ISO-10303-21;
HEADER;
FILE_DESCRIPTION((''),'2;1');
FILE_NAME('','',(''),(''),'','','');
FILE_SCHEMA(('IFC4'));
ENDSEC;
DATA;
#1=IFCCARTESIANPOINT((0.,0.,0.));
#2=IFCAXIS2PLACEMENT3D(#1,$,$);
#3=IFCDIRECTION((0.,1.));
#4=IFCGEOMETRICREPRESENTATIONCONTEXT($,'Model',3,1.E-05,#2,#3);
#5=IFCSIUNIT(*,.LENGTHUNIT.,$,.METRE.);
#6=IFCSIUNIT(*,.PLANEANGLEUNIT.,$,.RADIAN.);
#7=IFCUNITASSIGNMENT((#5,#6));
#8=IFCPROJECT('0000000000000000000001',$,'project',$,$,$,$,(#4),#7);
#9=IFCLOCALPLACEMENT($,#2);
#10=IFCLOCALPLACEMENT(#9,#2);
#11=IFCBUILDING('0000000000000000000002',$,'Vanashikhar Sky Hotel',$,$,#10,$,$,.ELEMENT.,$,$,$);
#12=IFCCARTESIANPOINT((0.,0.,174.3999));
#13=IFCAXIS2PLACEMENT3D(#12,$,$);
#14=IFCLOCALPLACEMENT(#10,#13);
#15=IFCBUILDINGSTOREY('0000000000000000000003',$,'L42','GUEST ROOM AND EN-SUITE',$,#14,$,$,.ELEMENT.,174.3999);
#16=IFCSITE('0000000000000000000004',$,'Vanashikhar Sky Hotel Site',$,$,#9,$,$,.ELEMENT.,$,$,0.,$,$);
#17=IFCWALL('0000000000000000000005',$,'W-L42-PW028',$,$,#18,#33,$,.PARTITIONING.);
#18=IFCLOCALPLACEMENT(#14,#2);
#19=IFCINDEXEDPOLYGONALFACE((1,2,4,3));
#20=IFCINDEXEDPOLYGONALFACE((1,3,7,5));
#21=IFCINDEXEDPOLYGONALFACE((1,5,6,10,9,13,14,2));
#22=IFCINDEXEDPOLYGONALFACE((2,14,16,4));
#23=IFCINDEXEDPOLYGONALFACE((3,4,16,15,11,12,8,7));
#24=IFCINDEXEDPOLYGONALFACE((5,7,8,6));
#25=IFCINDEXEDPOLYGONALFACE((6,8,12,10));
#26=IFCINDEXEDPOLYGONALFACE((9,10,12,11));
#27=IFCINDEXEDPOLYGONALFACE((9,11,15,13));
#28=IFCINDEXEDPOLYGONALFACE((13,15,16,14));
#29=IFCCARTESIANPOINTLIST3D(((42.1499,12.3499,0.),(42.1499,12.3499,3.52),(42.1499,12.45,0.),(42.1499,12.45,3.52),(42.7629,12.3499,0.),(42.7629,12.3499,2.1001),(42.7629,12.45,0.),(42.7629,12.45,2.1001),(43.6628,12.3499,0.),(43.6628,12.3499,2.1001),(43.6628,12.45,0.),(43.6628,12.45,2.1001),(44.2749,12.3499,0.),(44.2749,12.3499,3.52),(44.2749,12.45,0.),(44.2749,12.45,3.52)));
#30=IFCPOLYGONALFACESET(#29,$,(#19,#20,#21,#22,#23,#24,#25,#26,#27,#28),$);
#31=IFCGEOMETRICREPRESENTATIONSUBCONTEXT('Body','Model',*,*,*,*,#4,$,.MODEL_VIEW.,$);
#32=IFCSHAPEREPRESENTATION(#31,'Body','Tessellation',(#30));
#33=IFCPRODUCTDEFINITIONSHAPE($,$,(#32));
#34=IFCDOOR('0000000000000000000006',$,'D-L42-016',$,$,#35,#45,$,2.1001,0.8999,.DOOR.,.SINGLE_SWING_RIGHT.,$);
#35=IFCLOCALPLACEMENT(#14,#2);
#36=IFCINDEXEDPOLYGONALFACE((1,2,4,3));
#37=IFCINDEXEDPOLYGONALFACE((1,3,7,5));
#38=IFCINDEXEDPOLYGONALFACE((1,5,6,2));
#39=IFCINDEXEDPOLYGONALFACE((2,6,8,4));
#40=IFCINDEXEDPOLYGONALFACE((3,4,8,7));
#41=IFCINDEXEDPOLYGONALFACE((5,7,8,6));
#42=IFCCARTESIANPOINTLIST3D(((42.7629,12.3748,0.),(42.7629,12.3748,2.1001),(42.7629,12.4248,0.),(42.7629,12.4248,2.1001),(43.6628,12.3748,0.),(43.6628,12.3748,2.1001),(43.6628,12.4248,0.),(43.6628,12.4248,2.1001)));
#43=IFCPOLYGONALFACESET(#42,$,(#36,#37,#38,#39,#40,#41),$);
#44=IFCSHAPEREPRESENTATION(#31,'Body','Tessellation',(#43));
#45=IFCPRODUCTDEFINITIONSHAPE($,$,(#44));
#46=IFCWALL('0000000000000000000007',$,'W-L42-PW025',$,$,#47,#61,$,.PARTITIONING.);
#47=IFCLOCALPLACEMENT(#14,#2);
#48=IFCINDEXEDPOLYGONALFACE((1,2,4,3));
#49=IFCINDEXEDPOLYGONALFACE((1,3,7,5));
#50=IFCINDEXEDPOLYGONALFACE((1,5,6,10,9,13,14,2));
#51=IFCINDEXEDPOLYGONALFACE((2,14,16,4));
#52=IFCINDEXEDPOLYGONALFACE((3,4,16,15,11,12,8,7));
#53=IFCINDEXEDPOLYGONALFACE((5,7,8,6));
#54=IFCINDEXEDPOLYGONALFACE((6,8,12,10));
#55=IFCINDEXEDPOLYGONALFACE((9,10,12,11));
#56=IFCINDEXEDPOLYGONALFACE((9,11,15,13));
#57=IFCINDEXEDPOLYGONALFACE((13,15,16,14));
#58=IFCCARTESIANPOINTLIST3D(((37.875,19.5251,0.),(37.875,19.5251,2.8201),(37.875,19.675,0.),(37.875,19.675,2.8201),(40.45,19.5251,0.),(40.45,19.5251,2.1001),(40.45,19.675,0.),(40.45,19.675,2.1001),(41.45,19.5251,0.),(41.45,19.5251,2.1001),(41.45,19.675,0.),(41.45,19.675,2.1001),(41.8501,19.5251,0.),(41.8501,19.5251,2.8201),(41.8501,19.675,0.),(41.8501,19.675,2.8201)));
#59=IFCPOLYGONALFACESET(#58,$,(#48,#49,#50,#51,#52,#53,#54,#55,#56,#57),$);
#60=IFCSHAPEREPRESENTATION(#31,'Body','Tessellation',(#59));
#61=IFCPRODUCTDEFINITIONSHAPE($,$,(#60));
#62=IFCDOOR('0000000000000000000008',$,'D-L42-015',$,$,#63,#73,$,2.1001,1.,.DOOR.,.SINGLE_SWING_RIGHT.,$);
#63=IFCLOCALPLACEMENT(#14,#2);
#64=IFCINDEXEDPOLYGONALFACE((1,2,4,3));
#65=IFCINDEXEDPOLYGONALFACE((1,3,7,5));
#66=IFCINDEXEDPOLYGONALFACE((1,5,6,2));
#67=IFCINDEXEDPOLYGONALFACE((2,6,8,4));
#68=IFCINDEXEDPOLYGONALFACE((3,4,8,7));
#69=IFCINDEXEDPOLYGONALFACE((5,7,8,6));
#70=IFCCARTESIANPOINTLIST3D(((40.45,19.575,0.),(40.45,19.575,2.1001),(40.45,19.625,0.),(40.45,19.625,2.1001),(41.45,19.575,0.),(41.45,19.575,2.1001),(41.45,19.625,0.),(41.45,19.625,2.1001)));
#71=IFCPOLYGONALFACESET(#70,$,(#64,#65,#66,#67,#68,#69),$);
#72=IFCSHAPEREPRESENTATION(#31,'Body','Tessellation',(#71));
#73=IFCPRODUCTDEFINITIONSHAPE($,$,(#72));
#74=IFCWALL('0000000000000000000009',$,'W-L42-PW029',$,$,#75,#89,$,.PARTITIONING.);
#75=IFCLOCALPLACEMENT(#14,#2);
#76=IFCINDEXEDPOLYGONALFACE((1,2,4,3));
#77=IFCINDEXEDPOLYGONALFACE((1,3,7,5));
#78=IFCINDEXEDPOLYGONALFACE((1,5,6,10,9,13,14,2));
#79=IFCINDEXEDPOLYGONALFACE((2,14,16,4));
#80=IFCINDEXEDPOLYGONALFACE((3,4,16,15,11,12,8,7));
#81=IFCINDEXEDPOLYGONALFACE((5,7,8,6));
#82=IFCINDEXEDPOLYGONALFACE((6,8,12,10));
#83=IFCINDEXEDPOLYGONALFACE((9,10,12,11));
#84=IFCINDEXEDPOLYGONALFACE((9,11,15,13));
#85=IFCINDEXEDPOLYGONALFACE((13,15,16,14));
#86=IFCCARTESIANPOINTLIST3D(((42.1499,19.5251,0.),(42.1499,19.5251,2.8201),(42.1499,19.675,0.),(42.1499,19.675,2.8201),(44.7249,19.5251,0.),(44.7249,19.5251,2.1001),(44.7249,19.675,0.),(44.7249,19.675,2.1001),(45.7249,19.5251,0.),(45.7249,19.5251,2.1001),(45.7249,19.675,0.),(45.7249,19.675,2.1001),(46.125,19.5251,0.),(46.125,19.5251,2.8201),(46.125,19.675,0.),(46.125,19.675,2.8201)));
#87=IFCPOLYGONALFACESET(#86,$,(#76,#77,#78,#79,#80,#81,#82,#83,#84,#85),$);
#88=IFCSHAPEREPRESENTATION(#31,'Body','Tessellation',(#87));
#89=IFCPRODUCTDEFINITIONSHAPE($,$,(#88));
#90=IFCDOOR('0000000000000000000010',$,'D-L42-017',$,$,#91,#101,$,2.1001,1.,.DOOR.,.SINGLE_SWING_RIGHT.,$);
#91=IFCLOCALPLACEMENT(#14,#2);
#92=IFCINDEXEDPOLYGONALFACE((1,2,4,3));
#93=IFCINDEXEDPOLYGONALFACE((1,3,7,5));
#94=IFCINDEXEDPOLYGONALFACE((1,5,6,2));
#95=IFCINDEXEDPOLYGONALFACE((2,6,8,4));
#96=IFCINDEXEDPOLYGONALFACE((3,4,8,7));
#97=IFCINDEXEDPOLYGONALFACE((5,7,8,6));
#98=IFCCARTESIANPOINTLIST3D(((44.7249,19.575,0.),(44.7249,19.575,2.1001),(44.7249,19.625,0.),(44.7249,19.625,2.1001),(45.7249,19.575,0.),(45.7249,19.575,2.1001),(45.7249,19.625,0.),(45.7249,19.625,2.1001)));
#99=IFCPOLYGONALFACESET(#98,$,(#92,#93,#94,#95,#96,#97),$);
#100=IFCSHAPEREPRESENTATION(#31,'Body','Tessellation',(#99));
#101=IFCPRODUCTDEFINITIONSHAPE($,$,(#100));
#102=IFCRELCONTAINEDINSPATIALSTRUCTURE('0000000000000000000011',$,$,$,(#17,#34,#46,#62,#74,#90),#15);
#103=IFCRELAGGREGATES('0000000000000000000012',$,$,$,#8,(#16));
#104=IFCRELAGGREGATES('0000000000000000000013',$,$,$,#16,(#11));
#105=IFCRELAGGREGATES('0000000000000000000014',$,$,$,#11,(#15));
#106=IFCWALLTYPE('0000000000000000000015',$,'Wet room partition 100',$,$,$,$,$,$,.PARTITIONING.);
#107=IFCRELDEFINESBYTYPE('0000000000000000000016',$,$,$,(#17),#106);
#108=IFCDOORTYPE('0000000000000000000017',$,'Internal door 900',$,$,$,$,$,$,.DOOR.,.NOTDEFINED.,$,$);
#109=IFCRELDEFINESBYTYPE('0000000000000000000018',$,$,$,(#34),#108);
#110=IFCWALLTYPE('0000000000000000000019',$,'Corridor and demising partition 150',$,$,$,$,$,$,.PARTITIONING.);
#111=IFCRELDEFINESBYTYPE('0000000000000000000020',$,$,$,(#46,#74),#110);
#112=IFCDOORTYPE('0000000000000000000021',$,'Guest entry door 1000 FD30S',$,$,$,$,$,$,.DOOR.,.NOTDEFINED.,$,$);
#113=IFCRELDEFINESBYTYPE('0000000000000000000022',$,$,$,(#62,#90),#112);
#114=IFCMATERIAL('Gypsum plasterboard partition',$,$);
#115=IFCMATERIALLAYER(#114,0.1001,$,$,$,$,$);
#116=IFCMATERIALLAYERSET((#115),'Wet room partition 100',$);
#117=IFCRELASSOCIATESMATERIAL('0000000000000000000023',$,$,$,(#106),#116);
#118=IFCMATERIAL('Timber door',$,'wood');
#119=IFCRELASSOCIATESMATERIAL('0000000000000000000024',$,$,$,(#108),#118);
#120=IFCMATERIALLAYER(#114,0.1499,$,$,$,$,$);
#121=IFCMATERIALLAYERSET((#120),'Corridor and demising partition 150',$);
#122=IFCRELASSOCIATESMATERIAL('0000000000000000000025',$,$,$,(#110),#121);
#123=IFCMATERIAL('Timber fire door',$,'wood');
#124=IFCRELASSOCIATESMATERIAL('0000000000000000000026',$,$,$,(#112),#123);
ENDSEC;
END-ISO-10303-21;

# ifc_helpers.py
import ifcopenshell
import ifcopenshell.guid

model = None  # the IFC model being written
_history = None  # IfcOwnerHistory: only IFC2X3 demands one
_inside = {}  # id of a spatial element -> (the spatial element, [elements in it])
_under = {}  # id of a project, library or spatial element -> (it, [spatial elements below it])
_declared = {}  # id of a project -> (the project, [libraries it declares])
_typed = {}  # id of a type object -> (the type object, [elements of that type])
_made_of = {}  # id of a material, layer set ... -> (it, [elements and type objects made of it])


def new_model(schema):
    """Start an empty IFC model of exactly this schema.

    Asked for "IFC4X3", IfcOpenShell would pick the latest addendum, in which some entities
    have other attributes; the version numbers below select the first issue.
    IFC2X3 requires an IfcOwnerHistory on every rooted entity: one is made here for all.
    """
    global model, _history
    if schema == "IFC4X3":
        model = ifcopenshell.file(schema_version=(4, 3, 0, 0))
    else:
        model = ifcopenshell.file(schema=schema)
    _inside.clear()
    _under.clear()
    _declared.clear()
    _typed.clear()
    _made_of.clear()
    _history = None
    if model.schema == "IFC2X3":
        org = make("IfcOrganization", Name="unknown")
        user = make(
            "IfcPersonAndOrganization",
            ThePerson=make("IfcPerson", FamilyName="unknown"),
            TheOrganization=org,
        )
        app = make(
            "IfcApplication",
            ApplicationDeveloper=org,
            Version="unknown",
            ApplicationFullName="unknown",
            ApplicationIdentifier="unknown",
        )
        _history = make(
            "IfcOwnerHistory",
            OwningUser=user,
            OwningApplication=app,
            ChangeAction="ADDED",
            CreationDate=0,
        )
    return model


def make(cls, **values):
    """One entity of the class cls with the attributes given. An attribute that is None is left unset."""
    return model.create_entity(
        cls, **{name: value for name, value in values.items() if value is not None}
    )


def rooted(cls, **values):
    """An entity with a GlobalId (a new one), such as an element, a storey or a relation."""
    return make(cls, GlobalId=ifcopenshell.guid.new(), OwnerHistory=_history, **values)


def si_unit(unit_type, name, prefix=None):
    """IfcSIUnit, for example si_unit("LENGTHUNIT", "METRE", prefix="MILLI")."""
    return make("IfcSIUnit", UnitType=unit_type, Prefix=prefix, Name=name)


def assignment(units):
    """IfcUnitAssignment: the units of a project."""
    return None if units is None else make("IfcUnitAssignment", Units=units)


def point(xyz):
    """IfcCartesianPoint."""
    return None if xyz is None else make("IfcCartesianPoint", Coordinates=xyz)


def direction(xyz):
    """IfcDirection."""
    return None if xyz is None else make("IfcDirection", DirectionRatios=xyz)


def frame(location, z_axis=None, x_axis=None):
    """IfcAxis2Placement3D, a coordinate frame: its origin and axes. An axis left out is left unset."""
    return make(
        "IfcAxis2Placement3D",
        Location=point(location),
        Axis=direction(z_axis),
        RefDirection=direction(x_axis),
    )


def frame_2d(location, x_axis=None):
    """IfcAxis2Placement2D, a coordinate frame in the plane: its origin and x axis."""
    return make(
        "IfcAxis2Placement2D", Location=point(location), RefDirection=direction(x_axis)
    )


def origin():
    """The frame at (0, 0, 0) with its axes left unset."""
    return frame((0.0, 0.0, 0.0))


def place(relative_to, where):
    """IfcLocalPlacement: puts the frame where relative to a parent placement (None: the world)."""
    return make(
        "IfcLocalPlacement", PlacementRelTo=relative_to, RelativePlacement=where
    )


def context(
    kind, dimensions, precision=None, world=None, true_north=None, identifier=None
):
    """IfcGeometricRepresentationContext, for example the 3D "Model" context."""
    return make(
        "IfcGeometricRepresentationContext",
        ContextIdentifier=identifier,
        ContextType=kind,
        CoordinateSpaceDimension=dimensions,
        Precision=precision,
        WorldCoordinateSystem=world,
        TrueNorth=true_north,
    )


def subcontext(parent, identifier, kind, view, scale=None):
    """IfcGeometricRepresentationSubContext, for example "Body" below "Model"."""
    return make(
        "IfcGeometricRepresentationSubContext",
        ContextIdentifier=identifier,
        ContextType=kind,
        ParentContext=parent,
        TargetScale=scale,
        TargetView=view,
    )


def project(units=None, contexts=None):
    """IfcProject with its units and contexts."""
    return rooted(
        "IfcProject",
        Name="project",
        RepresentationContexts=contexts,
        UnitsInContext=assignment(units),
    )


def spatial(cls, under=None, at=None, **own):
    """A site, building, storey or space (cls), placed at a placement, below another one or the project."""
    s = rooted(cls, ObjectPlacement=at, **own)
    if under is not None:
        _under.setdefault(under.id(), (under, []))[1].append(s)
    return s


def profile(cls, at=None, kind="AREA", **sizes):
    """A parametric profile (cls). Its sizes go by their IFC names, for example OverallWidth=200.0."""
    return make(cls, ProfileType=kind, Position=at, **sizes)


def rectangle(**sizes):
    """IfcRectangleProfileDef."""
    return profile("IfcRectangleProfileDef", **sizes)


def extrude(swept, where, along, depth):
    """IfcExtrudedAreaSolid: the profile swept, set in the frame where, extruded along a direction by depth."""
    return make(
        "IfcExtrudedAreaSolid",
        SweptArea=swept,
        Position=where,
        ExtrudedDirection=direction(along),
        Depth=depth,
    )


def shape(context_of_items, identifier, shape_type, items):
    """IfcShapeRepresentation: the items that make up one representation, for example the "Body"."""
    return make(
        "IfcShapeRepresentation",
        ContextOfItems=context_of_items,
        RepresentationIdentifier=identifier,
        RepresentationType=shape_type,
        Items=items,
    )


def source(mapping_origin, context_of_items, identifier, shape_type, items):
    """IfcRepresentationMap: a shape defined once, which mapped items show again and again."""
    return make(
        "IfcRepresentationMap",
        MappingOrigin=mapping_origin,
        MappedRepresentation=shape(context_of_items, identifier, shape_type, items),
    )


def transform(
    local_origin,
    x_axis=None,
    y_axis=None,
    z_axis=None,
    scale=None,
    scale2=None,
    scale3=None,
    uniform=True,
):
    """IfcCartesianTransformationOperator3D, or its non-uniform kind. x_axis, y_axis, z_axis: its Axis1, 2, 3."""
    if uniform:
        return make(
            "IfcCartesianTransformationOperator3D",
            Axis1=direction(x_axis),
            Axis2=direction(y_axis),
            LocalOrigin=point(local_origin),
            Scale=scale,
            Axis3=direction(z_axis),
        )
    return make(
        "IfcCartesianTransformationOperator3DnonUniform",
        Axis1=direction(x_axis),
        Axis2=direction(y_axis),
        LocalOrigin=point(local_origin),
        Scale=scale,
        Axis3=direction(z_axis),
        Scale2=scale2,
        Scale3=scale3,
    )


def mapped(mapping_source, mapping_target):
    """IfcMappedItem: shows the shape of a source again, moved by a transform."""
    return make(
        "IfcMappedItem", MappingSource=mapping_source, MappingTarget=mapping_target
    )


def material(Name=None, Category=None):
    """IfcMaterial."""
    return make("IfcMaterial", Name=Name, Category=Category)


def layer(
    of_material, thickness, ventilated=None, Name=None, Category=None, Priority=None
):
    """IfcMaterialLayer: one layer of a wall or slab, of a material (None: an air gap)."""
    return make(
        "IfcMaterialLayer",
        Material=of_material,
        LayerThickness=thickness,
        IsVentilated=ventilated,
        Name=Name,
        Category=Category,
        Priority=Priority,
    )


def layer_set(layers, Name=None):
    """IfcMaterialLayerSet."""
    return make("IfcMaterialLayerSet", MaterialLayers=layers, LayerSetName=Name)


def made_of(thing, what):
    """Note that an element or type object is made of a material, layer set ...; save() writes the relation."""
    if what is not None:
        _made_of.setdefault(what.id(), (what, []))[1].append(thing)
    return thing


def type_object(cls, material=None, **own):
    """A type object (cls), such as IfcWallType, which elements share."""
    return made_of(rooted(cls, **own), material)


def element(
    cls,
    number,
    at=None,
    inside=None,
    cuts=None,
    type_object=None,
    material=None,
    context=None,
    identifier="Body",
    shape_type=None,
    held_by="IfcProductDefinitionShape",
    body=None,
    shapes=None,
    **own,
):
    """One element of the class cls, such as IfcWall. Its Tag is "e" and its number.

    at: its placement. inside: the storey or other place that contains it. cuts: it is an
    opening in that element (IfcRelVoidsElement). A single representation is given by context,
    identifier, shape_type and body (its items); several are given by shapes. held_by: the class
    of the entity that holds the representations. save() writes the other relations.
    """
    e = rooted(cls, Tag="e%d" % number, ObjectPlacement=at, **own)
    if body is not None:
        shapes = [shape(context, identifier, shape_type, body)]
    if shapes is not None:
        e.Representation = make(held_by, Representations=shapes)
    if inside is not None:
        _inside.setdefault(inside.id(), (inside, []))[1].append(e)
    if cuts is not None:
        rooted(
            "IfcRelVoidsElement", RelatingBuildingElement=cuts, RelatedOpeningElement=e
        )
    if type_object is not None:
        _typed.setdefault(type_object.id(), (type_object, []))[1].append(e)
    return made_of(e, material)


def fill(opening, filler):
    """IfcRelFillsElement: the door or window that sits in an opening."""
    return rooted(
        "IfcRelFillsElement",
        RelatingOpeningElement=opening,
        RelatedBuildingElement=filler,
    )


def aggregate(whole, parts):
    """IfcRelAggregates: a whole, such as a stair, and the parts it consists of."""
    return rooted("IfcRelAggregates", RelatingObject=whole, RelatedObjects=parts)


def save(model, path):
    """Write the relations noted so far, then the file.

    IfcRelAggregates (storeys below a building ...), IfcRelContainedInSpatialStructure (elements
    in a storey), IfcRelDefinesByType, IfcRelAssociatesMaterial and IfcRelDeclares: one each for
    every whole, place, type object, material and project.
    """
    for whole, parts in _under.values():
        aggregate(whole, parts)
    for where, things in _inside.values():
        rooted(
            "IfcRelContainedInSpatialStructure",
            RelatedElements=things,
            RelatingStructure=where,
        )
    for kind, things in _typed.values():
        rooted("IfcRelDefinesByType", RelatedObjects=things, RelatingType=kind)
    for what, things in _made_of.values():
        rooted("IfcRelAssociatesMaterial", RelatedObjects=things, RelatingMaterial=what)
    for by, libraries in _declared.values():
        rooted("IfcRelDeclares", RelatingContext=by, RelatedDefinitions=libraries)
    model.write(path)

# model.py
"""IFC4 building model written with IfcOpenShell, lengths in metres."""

from ifc_helpers import new_model, si_unit, direction, frame, frame_2d, origin, place, context, subcontext, project, spatial, rectangle, extrude, source, transform, mapped, material, layer, layer_set, type_object, element, fill, save


model = new_model("IFC4")

# Units and contexts
model_context = context("Model", 3, precision=1e-05, world=origin(), true_north=direction((0.0, 1.0)))
body_context = subcontext(model_context, "Body", "Model", "MODEL_VIEW")
ifc_project = project(units=[si_unit("LENGTHUNIT", "METRE"), si_unit("PLANEANGLEUNIT", "RADIAN")], contexts=[model_context])

# Site, building, storey
site_placement = place(None, origin())
site = spatial("IfcSite", under=ifc_project, at=site_placement, Name="Vanashikhar Sky Hotel Site", CompositionType="ELEMENT", RefElevation=0.0)
building_placement = place(site_placement, origin())
building = spatial("IfcBuilding", under=site, at=building_placement, Name="Vanashikhar Sky Hotel", CompositionType="ELEMENT")
storey_placement = place(building_placement, frame((0.0, 0.0, 174.3999)))
storey = spatial("IfcBuildingStorey", under=building, at=storey_placement, Name="L42", Description="GUEST ROOM AND EN-SUITE", CompositionType="ELEMENT", Elevation=174.3999)

# Shared definitions
ifc_material_1 = material(Name="Gypsum plasterboard partition")
ifc_layer_1 = layer(ifc_material_1, 0.1001)
ifc_layer_set_1 = layer_set([ifc_layer_1], Name="Wet room partition 100")
wall_type_1 = type_object("IfcWallType", Name="Wet room partition 100", PredefinedType="PARTITIONING", material=ifc_layer_set_1)

# Walls, openings, doors
shared_shape_1 = source(origin(), body_context, "Body", "SweptSolid", [
    extrude(rectangle(XDim=2.125, YDim=0.1001, at=frame_2d((1.0625, 0.0))), origin(), (0.0, 0.0, 1.0), 3.52),
])
shared_shape_2 = source(origin(), body_context, "Body", "SweptSolid", [
    extrude(rectangle(XDim=0.8999, YDim=2.1001, at=frame_2d((0.45, 1.05))), frame((0.0, 0.0601, 0.0), z_axis=(0.0, -1.0, 0.0), x_axis=(1.0, 0.0, 0.0)), (0.0, 0.0, 1.0), 0.1201),
])
ifc_material_2 = material(Name="Timber door", Category="wood")
door_type_1 = type_object("IfcDoorType", Name="Internal door 900", OperationType="NOTDEFINED", PredefinedType="DOOR", material=ifc_material_2)
shared_shape_3 = source(origin(), body_context, "Body", "SweptSolid", [
    extrude(rectangle(XDim=0.8999, YDim=2.1001, at=frame_2d((0.45, 1.05))), frame((0.0, 0.0249, 0.0), z_axis=(0.0, -1.0, 0.0), x_axis=(1.0, 0.0, 0.0)), (0.0, 0.0, 1.0), 0.05),
])
wall_1_placement = place(storey_placement, frame((42.1499, 12.3999, 0.0), z_axis=(0.0, 0.0, 1.0), x_axis=(1.0, 0.0, 0.0)))
wall_1 = element("IfcWall", 1, at=wall_1_placement, inside=storey, type_object=wall_type_1, Name="W-L42-PW028", PredefinedType="PARTITIONING", context=body_context, shape_type="MappedRepresentation", body=[
    mapped(shared_shape_1, transform((0.0, 0.0, 0.0), scale=1.0)),
])
opening_1_placement = place(wall_1_placement, frame((0.613, 0.0, 0.0)))
opening_1 = element("IfcOpeningElement", 2, at=opening_1_placement, cuts=wall_1, PredefinedType="OPENING", context=body_context, shape_type="MappedRepresentation", body=[
    mapped(shared_shape_2, transform((0.0, 0.0, 0.0), scale=1.0)),
])
door_1_placement = place(opening_1_placement, origin())
door_1 = element("IfcDoor", 3, at=door_1_placement, inside=storey, type_object=door_type_1, Name="D-L42-016", OperationType="SINGLE_SWING_RIGHT", OverallHeight=2.1001, OverallWidth=0.8999, PredefinedType="DOOR", context=body_context, shape_type="MappedRepresentation", body=[
    mapped(shared_shape_3, transform((0.0, 0.0, 0.0), scale=1.0)),
])
fill(opening_1, door_1)
ifc_layer_2 = layer(ifc_material_1, 0.1499)
ifc_layer_set_2 = layer_set([ifc_layer_2], Name="Corridor and demising partition 150")
wall_type_2 = type_object("IfcWallType", Name="Corridor and demising partition 150", PredefinedType="PARTITIONING", material=ifc_layer_set_2)
shared_shape_4 = source(origin(), body_context, "Body", "SweptSolid", [
    extrude(rectangle(XDim=3.9751, YDim=0.1499, at=frame_2d((1.9875, 0.0))), origin(), (0.0, 0.0, 1.0), 2.8201),
])
wall_2_placement = place(storey_placement, frame((37.875, 19.6001, 0.0), z_axis=(0.0, 0.0, 1.0), x_axis=(1.0, 0.0, 0.0)))
wall_2 = element("IfcWall", 4, at=wall_2_placement, inside=storey, type_object=wall_type_2, Name="W-L42-PW025", PredefinedType="PARTITIONING", context=body_context, shape_type="MappedRepresentation", body=[
    mapped(shared_shape_4, transform((0.0, 0.0, 0.0), scale=1.0)),
])
shared_shape_5 = source(origin(), body_context, "Body", "SweptSolid", [
    extrude(rectangle(XDim=1.0, YDim=2.1001, at=frame_2d((0.5, 1.05))), frame((0.0, 0.085, 0.0), z_axis=(0.0, -1.0, 0.0), x_axis=(1.0, 0.0, 0.0)), (0.0, 0.0, 1.0), 0.1699),
])
opening_2_placement = place(wall_2_placement, frame((2.575, 0.0, 0.0)))
opening_2 = element("IfcOpeningElement", 5, at=opening_2_placement, cuts=wall_2, PredefinedType="OPENING", context=body_context, shape_type="MappedRepresentation", body=[
    mapped(shared_shape_5, transform((0.0, 0.0, 0.0), scale=1.0)),
])
ifc_material_3 = material(Name="Timber fire door", Category="wood")
door_type_2 = type_object("IfcDoorType", Name="Guest entry door 1000 FD30S", OperationType="NOTDEFINED", PredefinedType="DOOR", material=ifc_material_3)
shared_shape_6 = source(origin(), body_context, "Body", "SweptSolid", [
    extrude(rectangle(XDim=1.0, YDim=2.1001, at=frame_2d((0.5, 1.05))), frame((0.0, 0.0249, 0.0), z_axis=(0.0, -1.0, 0.0), x_axis=(1.0, 0.0, 0.0)), (0.0, 0.0, 1.0), 0.05),
])
door_2_placement = place(opening_2_placement, origin())
door_2 = element("IfcDoor", 6, at=door_2_placement, inside=storey, type_object=door_type_2, Name="D-L42-015", OperationType="SINGLE_SWING_RIGHT", OverallHeight=2.1001, OverallWidth=1.0, PredefinedType="DOOR", context=body_context, shape_type="MappedRepresentation", body=[
    mapped(shared_shape_6, transform((0.0, 0.0, 0.0), scale=1.0)),
])
fill(opening_2, door_2)
wall_3_placement = place(storey_placement, frame((42.1499, 19.6001, 0.0), z_axis=(0.0, 0.0, 1.0), x_axis=(1.0, 0.0, 0.0)))
wall_3 = element("IfcWall", 7, at=wall_3_placement, inside=storey, type_object=wall_type_2, Name="W-L42-PW029", PredefinedType="PARTITIONING", context=body_context, shape_type="MappedRepresentation", body=[
    mapped(shared_shape_4, transform((0.0, 0.0, 0.0), scale=1.0)),
])
opening_3_placement = place(wall_3_placement, frame((2.575, 0.0, 0.0)))
opening_3 = element("IfcOpeningElement", 8, at=opening_3_placement, cuts=wall_3, PredefinedType="OPENING", context=body_context, shape_type="MappedRepresentation", body=[
    mapped(shared_shape_5, transform((0.0, 0.0, 0.0), scale=1.0)),
])
door_3_placement = place(opening_3_placement, origin())
door_3 = element("IfcDoor", 9, at=door_3_placement, inside=storey, type_object=door_type_2, Name="D-L42-017", OperationType="SINGLE_SWING_RIGHT", OverallHeight=2.1001, OverallWidth=1.0, PredefinedType="DOOR", context=body_context, shape_type="MappedRepresentation", body=[
    mapped(shared_shape_6, transform((0.0, 0.0, 0.0), scale=1.0)),
])
fill(opening_3, door_3)

save(model, "model.ifc")
